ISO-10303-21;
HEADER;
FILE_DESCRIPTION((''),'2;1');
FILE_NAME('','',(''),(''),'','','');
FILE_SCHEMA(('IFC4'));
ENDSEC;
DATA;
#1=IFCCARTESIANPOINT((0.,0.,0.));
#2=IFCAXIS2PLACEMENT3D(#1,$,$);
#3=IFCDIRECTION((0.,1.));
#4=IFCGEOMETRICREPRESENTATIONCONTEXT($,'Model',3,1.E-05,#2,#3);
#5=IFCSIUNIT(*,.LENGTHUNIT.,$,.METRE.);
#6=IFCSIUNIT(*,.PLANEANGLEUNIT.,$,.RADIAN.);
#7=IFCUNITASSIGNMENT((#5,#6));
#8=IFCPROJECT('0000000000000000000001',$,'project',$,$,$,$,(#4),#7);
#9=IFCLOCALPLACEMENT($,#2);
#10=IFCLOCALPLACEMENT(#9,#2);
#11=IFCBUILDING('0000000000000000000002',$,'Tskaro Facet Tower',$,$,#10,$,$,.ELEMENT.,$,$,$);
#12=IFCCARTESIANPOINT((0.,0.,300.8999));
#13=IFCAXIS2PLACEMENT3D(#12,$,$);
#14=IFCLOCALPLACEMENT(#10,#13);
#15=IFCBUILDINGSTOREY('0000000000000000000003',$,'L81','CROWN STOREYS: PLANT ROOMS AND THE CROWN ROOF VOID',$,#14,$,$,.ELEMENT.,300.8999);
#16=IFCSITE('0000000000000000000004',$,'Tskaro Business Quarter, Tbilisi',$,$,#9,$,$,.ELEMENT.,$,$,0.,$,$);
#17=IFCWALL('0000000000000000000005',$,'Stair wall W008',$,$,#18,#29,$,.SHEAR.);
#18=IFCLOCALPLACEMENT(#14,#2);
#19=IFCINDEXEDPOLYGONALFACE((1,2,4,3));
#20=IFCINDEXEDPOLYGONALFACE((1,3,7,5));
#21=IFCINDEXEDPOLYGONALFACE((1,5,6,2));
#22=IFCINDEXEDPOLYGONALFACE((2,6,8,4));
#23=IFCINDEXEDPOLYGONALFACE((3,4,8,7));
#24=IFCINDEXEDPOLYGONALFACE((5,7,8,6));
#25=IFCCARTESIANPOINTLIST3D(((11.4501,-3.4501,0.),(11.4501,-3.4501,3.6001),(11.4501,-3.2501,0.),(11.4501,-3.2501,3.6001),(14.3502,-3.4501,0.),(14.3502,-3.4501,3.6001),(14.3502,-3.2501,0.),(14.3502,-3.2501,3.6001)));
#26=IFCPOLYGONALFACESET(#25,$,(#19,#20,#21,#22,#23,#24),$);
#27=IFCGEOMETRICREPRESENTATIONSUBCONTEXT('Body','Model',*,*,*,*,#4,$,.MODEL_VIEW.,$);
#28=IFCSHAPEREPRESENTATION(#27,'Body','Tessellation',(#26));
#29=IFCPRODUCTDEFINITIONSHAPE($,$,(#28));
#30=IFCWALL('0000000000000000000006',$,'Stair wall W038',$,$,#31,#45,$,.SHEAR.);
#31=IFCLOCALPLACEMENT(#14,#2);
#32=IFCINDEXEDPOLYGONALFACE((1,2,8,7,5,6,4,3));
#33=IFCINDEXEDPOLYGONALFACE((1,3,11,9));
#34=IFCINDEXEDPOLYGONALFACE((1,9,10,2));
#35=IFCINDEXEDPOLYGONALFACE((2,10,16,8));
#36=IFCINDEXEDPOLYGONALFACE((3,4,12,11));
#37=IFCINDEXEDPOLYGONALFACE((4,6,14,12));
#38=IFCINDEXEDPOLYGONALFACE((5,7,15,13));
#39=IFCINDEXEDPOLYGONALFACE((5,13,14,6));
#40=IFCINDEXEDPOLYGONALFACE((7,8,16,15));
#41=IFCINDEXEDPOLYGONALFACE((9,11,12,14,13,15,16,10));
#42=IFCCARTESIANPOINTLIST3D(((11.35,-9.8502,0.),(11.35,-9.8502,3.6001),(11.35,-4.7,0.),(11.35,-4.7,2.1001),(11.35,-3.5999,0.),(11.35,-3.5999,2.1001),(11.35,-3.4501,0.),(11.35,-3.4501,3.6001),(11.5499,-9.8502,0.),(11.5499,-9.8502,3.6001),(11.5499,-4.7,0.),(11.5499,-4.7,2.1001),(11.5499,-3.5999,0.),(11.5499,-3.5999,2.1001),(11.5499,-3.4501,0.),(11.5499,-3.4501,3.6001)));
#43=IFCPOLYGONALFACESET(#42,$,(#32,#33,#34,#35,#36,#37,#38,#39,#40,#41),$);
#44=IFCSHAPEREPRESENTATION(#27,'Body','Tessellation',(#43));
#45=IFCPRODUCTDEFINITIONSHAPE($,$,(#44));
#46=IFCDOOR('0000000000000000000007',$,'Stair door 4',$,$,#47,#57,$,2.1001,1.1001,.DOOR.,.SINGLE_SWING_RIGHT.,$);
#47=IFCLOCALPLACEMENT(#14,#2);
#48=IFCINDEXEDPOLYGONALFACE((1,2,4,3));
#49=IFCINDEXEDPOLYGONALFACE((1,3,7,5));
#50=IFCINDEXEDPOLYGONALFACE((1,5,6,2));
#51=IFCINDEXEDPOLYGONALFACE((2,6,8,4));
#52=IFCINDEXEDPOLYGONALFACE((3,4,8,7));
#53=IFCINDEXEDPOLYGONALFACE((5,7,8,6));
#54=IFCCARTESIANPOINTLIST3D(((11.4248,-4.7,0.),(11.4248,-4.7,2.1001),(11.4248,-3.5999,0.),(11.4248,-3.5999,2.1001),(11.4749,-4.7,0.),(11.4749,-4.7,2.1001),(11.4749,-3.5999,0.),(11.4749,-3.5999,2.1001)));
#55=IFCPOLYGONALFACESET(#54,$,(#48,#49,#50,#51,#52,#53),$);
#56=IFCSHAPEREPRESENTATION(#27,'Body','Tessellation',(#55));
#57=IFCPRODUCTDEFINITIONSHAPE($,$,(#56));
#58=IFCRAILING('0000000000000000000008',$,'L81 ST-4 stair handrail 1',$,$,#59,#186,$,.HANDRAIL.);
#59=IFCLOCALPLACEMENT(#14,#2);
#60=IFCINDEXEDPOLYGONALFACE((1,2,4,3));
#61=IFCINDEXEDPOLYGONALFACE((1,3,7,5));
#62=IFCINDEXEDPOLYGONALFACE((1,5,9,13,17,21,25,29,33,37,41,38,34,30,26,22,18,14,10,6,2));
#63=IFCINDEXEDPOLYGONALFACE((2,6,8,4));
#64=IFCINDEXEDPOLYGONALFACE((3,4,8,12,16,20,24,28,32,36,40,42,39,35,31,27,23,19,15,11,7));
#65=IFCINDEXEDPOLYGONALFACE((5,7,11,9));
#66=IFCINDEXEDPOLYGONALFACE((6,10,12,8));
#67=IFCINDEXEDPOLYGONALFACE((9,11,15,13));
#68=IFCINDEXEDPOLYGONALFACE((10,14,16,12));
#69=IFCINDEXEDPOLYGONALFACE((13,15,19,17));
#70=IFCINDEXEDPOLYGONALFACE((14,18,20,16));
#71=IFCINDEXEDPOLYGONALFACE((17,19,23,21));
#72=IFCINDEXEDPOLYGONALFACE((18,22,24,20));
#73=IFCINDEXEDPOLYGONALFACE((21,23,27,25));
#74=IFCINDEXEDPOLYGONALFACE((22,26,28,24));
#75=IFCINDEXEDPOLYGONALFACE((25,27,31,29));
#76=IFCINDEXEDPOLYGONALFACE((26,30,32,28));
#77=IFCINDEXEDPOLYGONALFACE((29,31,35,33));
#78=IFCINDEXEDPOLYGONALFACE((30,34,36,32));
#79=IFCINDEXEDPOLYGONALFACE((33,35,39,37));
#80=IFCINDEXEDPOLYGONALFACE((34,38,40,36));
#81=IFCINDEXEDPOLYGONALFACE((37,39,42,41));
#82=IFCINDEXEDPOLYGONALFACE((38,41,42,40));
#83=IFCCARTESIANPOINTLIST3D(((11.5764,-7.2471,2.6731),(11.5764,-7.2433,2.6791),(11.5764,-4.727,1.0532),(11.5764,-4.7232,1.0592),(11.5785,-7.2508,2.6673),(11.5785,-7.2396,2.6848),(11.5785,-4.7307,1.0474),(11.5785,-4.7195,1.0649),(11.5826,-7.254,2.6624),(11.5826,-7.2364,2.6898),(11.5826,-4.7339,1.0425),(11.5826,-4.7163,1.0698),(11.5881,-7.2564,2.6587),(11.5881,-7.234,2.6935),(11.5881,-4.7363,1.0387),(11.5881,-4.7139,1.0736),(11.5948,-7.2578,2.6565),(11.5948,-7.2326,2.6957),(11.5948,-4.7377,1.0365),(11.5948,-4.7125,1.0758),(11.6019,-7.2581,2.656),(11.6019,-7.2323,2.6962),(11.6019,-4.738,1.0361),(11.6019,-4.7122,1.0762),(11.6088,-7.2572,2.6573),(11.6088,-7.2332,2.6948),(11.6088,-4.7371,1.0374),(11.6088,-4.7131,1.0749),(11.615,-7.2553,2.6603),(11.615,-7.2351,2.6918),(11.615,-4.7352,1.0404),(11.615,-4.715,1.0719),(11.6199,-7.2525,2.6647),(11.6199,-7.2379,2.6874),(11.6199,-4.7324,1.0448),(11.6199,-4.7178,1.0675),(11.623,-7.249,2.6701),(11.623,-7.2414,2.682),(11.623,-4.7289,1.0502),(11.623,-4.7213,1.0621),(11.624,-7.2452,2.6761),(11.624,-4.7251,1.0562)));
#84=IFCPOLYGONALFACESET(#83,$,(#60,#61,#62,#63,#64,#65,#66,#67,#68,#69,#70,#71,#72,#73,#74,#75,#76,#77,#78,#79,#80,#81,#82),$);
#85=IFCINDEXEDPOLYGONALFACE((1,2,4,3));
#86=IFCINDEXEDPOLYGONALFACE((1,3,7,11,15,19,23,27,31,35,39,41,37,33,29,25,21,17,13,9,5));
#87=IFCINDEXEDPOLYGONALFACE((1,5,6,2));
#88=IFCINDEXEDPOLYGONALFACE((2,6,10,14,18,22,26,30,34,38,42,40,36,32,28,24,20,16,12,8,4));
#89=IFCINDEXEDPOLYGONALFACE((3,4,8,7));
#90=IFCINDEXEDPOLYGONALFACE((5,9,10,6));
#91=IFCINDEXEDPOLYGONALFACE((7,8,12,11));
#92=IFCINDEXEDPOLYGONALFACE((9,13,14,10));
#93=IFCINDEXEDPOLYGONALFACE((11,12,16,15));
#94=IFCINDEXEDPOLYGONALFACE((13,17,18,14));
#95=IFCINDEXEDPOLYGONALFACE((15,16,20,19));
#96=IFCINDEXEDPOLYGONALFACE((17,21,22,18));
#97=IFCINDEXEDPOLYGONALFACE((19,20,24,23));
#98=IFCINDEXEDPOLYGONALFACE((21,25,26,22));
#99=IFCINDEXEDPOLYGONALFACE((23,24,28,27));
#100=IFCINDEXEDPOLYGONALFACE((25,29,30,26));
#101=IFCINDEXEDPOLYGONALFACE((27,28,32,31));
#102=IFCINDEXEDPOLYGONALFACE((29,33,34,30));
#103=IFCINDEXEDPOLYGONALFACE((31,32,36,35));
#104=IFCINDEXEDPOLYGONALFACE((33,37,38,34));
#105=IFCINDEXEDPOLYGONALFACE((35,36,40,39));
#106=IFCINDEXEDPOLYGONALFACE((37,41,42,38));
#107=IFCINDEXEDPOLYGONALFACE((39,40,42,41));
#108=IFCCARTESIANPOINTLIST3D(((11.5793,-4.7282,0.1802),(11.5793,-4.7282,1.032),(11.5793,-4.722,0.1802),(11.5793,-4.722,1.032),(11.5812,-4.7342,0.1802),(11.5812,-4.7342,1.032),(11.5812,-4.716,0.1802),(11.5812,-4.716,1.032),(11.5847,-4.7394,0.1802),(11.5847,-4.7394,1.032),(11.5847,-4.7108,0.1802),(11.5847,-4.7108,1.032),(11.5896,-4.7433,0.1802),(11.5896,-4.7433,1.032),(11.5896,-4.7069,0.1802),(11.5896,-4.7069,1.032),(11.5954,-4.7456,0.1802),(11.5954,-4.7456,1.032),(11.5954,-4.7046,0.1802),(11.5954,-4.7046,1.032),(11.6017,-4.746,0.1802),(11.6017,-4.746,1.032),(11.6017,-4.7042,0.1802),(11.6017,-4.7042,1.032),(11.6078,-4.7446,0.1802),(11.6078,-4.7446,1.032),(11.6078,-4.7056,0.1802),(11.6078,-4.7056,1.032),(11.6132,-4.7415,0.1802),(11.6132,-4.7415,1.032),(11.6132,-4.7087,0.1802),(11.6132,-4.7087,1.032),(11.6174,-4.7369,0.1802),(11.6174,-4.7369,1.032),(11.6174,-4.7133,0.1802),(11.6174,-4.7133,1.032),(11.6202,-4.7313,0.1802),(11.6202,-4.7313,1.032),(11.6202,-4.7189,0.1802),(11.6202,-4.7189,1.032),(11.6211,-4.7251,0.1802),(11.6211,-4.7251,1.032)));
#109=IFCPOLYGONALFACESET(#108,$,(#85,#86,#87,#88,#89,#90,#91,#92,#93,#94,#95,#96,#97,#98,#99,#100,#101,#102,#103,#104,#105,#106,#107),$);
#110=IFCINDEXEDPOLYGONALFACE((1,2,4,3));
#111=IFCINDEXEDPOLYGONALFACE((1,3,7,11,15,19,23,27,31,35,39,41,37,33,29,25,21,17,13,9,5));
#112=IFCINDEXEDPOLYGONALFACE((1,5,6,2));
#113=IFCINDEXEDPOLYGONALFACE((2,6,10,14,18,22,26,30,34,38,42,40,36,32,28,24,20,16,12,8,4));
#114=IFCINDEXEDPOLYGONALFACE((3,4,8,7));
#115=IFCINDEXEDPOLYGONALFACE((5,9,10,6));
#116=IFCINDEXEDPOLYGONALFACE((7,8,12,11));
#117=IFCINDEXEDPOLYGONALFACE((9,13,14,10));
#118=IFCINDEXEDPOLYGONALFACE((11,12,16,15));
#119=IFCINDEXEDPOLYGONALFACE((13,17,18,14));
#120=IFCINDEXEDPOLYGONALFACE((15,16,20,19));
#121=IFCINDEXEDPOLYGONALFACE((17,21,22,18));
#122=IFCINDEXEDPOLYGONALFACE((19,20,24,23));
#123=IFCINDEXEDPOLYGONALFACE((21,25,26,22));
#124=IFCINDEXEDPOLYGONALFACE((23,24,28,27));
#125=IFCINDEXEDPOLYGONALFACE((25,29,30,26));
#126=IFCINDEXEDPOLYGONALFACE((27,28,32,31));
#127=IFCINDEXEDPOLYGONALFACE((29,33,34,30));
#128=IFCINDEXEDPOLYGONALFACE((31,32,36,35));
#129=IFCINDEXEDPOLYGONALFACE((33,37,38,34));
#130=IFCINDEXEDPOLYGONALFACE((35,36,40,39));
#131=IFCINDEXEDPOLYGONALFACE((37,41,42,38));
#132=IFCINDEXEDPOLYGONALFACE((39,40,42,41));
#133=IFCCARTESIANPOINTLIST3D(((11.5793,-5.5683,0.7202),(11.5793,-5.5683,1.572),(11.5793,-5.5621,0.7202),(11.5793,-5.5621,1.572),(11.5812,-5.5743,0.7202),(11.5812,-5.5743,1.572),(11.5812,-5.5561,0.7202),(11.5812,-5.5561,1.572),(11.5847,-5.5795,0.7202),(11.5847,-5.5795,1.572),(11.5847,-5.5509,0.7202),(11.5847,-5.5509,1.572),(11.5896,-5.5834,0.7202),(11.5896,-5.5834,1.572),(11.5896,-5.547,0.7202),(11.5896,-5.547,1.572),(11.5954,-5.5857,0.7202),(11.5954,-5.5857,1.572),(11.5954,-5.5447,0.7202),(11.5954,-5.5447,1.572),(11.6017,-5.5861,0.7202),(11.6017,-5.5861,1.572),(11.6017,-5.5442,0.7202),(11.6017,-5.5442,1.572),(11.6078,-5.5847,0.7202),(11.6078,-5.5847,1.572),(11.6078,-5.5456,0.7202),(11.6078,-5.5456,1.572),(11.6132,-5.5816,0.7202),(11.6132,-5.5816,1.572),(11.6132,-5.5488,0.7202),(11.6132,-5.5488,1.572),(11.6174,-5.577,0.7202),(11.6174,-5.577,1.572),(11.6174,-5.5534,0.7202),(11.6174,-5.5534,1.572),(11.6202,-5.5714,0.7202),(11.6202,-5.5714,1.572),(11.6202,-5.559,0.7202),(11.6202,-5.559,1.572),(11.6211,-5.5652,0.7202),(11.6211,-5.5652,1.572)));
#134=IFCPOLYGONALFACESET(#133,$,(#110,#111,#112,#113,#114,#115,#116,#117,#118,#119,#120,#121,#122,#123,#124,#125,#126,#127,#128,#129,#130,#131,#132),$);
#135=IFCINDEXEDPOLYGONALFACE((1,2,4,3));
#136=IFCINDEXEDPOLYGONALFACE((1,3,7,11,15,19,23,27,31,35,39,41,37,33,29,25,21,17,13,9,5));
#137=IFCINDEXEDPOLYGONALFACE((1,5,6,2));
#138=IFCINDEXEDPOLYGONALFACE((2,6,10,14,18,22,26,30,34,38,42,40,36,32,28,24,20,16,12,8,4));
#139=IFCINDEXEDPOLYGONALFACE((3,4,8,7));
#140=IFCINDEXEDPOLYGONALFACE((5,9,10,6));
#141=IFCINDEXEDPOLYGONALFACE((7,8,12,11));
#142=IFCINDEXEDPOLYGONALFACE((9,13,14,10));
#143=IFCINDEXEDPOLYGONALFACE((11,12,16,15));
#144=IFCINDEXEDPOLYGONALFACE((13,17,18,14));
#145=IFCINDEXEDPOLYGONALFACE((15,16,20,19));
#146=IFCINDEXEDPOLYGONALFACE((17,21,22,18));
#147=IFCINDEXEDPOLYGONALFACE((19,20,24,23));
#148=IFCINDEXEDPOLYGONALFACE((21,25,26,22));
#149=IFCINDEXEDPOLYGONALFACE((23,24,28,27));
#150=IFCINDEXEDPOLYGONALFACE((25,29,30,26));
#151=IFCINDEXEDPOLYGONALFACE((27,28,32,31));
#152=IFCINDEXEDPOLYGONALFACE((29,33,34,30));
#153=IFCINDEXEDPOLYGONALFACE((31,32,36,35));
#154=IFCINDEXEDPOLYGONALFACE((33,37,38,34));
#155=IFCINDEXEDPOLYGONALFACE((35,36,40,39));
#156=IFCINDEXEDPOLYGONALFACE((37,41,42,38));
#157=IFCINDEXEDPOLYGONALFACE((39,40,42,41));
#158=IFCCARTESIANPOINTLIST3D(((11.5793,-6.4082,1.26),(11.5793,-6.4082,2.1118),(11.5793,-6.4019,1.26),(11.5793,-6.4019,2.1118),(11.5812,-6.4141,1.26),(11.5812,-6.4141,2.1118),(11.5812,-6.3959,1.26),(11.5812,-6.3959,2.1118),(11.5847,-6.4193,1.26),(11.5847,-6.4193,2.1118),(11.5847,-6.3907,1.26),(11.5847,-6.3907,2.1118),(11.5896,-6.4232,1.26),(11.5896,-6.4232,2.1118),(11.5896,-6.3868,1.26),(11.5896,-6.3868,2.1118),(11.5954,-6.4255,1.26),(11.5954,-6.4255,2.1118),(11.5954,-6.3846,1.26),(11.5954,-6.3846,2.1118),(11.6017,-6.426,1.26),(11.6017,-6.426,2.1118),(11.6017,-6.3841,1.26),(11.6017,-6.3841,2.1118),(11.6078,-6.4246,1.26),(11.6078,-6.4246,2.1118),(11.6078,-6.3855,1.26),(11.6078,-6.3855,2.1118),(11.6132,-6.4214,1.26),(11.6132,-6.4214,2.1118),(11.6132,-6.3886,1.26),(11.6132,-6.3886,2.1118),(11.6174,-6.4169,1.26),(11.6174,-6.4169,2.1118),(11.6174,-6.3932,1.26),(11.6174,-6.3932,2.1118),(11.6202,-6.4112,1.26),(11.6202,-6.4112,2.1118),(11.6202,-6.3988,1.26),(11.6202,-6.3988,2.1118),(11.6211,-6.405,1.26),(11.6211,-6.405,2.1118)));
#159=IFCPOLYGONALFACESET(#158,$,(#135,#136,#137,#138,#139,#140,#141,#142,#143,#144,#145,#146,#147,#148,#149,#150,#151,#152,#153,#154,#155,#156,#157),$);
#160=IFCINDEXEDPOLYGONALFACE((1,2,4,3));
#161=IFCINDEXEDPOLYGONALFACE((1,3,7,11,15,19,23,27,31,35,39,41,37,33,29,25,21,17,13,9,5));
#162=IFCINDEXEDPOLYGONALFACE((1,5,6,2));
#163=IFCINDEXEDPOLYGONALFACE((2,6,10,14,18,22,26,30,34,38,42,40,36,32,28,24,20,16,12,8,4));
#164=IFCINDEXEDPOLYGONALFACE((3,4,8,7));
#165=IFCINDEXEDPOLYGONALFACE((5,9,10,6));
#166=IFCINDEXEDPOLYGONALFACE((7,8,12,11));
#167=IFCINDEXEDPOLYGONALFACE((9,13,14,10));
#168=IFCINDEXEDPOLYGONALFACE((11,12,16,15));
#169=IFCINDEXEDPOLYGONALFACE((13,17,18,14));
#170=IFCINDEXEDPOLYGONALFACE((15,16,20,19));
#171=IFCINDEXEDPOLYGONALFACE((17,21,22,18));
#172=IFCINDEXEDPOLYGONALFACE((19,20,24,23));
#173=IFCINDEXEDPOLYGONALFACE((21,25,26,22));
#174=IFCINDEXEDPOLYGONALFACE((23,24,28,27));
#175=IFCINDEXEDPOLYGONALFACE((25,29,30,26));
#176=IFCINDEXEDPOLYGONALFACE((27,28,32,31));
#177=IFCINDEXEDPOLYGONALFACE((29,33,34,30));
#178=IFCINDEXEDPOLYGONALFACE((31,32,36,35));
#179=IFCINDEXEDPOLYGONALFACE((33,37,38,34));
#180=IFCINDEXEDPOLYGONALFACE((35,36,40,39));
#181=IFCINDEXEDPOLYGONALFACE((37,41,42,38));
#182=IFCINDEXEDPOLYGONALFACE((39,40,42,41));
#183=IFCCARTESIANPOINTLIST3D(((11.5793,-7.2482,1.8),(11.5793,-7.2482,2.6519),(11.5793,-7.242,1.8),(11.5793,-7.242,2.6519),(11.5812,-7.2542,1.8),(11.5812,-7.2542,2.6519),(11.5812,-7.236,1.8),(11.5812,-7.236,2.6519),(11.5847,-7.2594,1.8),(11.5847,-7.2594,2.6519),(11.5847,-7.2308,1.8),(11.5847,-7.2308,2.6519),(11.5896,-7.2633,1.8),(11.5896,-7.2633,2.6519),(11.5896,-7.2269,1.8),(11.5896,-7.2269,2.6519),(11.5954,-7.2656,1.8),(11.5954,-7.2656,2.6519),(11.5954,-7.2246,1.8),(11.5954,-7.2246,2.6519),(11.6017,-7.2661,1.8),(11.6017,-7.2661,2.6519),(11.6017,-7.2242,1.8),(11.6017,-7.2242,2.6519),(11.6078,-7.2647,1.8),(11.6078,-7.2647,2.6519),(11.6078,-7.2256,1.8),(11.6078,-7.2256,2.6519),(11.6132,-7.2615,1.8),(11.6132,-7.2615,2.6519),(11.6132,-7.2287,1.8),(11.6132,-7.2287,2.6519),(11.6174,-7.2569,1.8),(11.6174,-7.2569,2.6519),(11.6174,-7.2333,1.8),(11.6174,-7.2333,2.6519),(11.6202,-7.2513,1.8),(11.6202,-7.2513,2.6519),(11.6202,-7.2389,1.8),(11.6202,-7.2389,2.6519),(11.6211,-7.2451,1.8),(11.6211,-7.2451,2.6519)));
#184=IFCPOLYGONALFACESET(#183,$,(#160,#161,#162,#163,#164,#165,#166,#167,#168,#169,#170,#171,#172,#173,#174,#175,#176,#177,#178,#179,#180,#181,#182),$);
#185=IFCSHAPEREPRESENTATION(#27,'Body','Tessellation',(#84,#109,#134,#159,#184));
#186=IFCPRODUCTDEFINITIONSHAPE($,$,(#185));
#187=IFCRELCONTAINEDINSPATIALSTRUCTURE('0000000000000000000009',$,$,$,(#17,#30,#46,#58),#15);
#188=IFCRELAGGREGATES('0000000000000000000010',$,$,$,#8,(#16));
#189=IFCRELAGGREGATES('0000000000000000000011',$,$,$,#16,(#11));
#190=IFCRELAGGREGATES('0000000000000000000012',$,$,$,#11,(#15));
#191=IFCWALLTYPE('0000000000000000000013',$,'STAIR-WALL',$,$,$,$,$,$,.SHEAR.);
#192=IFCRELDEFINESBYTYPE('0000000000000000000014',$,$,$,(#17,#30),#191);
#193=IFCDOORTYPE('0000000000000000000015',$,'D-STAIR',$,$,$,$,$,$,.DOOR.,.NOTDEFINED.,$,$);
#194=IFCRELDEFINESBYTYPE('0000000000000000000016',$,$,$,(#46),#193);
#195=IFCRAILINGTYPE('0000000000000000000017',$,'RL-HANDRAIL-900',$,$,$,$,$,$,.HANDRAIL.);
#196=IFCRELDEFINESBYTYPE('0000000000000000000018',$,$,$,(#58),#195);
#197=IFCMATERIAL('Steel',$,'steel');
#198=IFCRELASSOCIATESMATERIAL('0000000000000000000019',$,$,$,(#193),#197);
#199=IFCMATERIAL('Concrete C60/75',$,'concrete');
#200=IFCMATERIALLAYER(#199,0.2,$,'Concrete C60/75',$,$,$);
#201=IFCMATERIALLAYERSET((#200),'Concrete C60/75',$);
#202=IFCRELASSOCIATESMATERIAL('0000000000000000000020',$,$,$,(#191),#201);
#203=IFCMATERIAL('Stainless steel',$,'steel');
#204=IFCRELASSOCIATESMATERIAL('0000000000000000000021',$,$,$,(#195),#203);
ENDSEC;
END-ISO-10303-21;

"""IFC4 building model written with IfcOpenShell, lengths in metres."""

from ifc_helpers import new_model, si_unit, direction, frame, frame_2d, origin, origin_2d, place, context, subcontext, project, spatial, rectangle, circle, extrude, material, layer, layer_set, type_object, element, fill, save


model = new_model("IFC4")

# Units and contexts
model_context = context("Model", 3, precision=1e-05, world=origin(), true_north=direction((0.0, 1.0)))
body_context = subcontext(model_context, "Body", "Model", "MODEL_VIEW")
ifc_project = project(units=[si_unit("LENGTHUNIT", "METRE"), si_unit("PLANEANGLEUNIT", "RADIAN")], contexts=[model_context])

# Site, building, storey
site_placement = place(None, origin())
site = spatial("IfcSite", under=ifc_project, at=site_placement, Name="Tskaro Business Quarter, Tbilisi", CompositionType="ELEMENT", RefElevation=0.0)
building_placement = place(site_placement, origin())
building = spatial("IfcBuilding", under=site, at=building_placement, Name="Tskaro Facet Tower", CompositionType="ELEMENT")
storey_placement = place(building_placement, frame((0.0, 0.0, 300.8999)))
storey = spatial("IfcBuildingStorey", under=building, at=storey_placement, Name="L81", Description="CROWN STOREYS: PLANT ROOMS AND THE CROWN ROOF VOID", CompositionType="ELEMENT", Elevation=300.8999)

# Shared definitions
ifc_material_1 = material(Name="Concrete C60/75", Category="concrete")

# Shared definitions
ifc_material_2 = material(Name="Steel", Category="steel")
door_type_1 = type_object("IfcDoorType", Name="D-STAIR", OperationType="NOTDEFINED", PredefinedType="DOOR", material=ifc_material_2)

# Wall
ifc_layer_1 = layer(ifc_material_1, 0.2, Name="Concrete C60/75")
ifc_layer_set_1 = layer_set([ifc_layer_1], Name="Concrete C60/75")
wall_type_1 = type_object("IfcWallType", Name="STAIR-WALL", PredefinedType="SHEAR", material=ifc_layer_set_1)
wall_1_placement = place(storey_placement, frame((11.45, -3.3501, 0.0), z_axis=(0.0, 0.0, 1.0), x_axis=(1.0, 0.0, 0.0)))
element("IfcWall", 1, at=wall_1_placement, inside=storey, type_object=wall_type_1, Name="Stair wall W008", PredefinedType="SHEAR", context=body_context, shape_type="SweptSolid", body=[
    extrude(rectangle(XDim=2.9001, YDim=0.2, at=frame_2d((1.4502, 0.0))), origin(), (0.0, 0.0, 1.0), 3.6001),
])

# Wall, opening, door
wall_2_placement = place(storey_placement, frame((11.45, -3.45, 0.0), z_axis=(0.0, 0.0, 1.0), x_axis=(0.0, -1.0, 0.0)))
wall_2 = element("IfcWall", 2, at=wall_2_placement, inside=storey, type_object=wall_type_1, Name="Stair wall W038", PredefinedType="SHEAR", context=body_context, shape_type="SweptSolid", body=[
    extrude(rectangle(XDim=6.4001, YDim=0.2, at=frame_2d((3.2002, 0.0))), origin(), (0.0, 0.0, 1.0), 3.6001),
])
opening_1_placement = place(wall_2_placement, frame((0.1499, 0.0, 0.0)))
opening_1 = element("IfcOpeningElement", 3, at=opening_1_placement, cuts=wall_2, PredefinedType="OPENING", context=body_context, shape_type="SweptSolid", body=[
    extrude(rectangle(XDim=1.1001, YDim=2.1001, at=frame_2d((0.55, 1.05))), frame((0.0, 0.1099, 0.0), z_axis=(0.0, -1.0, 0.0), x_axis=(1.0, 0.0, 0.0)), (0.0, 0.0, 1.0), 0.22),
])
door_1_placement = place(opening_1_placement, origin())
door_1 = element("IfcDoor", 4, at=door_1_placement, inside=storey, type_object=door_type_1, Name="Stair door 4", OperationType="SINGLE_SWING_RIGHT", OverallHeight=2.1001, OverallWidth=1.1001, PredefinedType="DOOR", context=body_context, shape_type="SweptSolid", body=[
    extrude(rectangle(XDim=1.1001, YDim=2.1001, at=frame_2d((0.55, 1.05))), frame((0.0, 0.0249, 0.0), z_axis=(0.0, -1.0, 0.0), x_axis=(1.0, 0.0, 0.0)), (0.0, 0.0, 1.0), 0.05),
])
fill(opening_1, door_1)

# Railing
ifc_material_3 = material(Name="Stainless steel", Category="steel")
railing_type = type_object("IfcRailingType", Name="RL-HANDRAIL-900", PredefinedType="HANDRAIL", material=ifc_material_3)
railing_placement = place(storey_placement, frame((11.6001, -4.7251, 0.1802)))
element("IfcRailing", 5, at=railing_placement, inside=storey, type_object=railing_type, Name="L81 ST-4 stair handrail 1", PredefinedType="HANDRAIL", context=body_context, shape_type="SweptSolid", body=[
    extrude(circle(Radius=0.0239, at=origin_2d()), frame((0.0, 0.0, 0.876), z_axis=(0.0, -0.8412, 0.540725), x_axis=(1.0, 0.0, 0.0)), (0.0, 0.0, 1.0), 2.9958),
    extrude(circle(Radius=0.021, at=origin_2d()), origin(), (0.0, 0.0, 1.0), 0.8518),
    extrude(circle(Radius=0.021, at=origin_2d()), frame((0.0, -0.8401, 0.54)), (0.0, 0.0, 1.0), 0.8518),
    extrude(circle(Radius=0.021, at=origin_2d()), frame((0.0, -1.6799, 1.0798)), (0.0, 0.0, 1.0), 0.8518),
    extrude(circle(Radius=0.021, at=origin_2d()), frame((0.0, -2.52, 1.6199)), (0.0, 0.0, 1.0), 0.8518),
])

save(model, "model.ifc")
